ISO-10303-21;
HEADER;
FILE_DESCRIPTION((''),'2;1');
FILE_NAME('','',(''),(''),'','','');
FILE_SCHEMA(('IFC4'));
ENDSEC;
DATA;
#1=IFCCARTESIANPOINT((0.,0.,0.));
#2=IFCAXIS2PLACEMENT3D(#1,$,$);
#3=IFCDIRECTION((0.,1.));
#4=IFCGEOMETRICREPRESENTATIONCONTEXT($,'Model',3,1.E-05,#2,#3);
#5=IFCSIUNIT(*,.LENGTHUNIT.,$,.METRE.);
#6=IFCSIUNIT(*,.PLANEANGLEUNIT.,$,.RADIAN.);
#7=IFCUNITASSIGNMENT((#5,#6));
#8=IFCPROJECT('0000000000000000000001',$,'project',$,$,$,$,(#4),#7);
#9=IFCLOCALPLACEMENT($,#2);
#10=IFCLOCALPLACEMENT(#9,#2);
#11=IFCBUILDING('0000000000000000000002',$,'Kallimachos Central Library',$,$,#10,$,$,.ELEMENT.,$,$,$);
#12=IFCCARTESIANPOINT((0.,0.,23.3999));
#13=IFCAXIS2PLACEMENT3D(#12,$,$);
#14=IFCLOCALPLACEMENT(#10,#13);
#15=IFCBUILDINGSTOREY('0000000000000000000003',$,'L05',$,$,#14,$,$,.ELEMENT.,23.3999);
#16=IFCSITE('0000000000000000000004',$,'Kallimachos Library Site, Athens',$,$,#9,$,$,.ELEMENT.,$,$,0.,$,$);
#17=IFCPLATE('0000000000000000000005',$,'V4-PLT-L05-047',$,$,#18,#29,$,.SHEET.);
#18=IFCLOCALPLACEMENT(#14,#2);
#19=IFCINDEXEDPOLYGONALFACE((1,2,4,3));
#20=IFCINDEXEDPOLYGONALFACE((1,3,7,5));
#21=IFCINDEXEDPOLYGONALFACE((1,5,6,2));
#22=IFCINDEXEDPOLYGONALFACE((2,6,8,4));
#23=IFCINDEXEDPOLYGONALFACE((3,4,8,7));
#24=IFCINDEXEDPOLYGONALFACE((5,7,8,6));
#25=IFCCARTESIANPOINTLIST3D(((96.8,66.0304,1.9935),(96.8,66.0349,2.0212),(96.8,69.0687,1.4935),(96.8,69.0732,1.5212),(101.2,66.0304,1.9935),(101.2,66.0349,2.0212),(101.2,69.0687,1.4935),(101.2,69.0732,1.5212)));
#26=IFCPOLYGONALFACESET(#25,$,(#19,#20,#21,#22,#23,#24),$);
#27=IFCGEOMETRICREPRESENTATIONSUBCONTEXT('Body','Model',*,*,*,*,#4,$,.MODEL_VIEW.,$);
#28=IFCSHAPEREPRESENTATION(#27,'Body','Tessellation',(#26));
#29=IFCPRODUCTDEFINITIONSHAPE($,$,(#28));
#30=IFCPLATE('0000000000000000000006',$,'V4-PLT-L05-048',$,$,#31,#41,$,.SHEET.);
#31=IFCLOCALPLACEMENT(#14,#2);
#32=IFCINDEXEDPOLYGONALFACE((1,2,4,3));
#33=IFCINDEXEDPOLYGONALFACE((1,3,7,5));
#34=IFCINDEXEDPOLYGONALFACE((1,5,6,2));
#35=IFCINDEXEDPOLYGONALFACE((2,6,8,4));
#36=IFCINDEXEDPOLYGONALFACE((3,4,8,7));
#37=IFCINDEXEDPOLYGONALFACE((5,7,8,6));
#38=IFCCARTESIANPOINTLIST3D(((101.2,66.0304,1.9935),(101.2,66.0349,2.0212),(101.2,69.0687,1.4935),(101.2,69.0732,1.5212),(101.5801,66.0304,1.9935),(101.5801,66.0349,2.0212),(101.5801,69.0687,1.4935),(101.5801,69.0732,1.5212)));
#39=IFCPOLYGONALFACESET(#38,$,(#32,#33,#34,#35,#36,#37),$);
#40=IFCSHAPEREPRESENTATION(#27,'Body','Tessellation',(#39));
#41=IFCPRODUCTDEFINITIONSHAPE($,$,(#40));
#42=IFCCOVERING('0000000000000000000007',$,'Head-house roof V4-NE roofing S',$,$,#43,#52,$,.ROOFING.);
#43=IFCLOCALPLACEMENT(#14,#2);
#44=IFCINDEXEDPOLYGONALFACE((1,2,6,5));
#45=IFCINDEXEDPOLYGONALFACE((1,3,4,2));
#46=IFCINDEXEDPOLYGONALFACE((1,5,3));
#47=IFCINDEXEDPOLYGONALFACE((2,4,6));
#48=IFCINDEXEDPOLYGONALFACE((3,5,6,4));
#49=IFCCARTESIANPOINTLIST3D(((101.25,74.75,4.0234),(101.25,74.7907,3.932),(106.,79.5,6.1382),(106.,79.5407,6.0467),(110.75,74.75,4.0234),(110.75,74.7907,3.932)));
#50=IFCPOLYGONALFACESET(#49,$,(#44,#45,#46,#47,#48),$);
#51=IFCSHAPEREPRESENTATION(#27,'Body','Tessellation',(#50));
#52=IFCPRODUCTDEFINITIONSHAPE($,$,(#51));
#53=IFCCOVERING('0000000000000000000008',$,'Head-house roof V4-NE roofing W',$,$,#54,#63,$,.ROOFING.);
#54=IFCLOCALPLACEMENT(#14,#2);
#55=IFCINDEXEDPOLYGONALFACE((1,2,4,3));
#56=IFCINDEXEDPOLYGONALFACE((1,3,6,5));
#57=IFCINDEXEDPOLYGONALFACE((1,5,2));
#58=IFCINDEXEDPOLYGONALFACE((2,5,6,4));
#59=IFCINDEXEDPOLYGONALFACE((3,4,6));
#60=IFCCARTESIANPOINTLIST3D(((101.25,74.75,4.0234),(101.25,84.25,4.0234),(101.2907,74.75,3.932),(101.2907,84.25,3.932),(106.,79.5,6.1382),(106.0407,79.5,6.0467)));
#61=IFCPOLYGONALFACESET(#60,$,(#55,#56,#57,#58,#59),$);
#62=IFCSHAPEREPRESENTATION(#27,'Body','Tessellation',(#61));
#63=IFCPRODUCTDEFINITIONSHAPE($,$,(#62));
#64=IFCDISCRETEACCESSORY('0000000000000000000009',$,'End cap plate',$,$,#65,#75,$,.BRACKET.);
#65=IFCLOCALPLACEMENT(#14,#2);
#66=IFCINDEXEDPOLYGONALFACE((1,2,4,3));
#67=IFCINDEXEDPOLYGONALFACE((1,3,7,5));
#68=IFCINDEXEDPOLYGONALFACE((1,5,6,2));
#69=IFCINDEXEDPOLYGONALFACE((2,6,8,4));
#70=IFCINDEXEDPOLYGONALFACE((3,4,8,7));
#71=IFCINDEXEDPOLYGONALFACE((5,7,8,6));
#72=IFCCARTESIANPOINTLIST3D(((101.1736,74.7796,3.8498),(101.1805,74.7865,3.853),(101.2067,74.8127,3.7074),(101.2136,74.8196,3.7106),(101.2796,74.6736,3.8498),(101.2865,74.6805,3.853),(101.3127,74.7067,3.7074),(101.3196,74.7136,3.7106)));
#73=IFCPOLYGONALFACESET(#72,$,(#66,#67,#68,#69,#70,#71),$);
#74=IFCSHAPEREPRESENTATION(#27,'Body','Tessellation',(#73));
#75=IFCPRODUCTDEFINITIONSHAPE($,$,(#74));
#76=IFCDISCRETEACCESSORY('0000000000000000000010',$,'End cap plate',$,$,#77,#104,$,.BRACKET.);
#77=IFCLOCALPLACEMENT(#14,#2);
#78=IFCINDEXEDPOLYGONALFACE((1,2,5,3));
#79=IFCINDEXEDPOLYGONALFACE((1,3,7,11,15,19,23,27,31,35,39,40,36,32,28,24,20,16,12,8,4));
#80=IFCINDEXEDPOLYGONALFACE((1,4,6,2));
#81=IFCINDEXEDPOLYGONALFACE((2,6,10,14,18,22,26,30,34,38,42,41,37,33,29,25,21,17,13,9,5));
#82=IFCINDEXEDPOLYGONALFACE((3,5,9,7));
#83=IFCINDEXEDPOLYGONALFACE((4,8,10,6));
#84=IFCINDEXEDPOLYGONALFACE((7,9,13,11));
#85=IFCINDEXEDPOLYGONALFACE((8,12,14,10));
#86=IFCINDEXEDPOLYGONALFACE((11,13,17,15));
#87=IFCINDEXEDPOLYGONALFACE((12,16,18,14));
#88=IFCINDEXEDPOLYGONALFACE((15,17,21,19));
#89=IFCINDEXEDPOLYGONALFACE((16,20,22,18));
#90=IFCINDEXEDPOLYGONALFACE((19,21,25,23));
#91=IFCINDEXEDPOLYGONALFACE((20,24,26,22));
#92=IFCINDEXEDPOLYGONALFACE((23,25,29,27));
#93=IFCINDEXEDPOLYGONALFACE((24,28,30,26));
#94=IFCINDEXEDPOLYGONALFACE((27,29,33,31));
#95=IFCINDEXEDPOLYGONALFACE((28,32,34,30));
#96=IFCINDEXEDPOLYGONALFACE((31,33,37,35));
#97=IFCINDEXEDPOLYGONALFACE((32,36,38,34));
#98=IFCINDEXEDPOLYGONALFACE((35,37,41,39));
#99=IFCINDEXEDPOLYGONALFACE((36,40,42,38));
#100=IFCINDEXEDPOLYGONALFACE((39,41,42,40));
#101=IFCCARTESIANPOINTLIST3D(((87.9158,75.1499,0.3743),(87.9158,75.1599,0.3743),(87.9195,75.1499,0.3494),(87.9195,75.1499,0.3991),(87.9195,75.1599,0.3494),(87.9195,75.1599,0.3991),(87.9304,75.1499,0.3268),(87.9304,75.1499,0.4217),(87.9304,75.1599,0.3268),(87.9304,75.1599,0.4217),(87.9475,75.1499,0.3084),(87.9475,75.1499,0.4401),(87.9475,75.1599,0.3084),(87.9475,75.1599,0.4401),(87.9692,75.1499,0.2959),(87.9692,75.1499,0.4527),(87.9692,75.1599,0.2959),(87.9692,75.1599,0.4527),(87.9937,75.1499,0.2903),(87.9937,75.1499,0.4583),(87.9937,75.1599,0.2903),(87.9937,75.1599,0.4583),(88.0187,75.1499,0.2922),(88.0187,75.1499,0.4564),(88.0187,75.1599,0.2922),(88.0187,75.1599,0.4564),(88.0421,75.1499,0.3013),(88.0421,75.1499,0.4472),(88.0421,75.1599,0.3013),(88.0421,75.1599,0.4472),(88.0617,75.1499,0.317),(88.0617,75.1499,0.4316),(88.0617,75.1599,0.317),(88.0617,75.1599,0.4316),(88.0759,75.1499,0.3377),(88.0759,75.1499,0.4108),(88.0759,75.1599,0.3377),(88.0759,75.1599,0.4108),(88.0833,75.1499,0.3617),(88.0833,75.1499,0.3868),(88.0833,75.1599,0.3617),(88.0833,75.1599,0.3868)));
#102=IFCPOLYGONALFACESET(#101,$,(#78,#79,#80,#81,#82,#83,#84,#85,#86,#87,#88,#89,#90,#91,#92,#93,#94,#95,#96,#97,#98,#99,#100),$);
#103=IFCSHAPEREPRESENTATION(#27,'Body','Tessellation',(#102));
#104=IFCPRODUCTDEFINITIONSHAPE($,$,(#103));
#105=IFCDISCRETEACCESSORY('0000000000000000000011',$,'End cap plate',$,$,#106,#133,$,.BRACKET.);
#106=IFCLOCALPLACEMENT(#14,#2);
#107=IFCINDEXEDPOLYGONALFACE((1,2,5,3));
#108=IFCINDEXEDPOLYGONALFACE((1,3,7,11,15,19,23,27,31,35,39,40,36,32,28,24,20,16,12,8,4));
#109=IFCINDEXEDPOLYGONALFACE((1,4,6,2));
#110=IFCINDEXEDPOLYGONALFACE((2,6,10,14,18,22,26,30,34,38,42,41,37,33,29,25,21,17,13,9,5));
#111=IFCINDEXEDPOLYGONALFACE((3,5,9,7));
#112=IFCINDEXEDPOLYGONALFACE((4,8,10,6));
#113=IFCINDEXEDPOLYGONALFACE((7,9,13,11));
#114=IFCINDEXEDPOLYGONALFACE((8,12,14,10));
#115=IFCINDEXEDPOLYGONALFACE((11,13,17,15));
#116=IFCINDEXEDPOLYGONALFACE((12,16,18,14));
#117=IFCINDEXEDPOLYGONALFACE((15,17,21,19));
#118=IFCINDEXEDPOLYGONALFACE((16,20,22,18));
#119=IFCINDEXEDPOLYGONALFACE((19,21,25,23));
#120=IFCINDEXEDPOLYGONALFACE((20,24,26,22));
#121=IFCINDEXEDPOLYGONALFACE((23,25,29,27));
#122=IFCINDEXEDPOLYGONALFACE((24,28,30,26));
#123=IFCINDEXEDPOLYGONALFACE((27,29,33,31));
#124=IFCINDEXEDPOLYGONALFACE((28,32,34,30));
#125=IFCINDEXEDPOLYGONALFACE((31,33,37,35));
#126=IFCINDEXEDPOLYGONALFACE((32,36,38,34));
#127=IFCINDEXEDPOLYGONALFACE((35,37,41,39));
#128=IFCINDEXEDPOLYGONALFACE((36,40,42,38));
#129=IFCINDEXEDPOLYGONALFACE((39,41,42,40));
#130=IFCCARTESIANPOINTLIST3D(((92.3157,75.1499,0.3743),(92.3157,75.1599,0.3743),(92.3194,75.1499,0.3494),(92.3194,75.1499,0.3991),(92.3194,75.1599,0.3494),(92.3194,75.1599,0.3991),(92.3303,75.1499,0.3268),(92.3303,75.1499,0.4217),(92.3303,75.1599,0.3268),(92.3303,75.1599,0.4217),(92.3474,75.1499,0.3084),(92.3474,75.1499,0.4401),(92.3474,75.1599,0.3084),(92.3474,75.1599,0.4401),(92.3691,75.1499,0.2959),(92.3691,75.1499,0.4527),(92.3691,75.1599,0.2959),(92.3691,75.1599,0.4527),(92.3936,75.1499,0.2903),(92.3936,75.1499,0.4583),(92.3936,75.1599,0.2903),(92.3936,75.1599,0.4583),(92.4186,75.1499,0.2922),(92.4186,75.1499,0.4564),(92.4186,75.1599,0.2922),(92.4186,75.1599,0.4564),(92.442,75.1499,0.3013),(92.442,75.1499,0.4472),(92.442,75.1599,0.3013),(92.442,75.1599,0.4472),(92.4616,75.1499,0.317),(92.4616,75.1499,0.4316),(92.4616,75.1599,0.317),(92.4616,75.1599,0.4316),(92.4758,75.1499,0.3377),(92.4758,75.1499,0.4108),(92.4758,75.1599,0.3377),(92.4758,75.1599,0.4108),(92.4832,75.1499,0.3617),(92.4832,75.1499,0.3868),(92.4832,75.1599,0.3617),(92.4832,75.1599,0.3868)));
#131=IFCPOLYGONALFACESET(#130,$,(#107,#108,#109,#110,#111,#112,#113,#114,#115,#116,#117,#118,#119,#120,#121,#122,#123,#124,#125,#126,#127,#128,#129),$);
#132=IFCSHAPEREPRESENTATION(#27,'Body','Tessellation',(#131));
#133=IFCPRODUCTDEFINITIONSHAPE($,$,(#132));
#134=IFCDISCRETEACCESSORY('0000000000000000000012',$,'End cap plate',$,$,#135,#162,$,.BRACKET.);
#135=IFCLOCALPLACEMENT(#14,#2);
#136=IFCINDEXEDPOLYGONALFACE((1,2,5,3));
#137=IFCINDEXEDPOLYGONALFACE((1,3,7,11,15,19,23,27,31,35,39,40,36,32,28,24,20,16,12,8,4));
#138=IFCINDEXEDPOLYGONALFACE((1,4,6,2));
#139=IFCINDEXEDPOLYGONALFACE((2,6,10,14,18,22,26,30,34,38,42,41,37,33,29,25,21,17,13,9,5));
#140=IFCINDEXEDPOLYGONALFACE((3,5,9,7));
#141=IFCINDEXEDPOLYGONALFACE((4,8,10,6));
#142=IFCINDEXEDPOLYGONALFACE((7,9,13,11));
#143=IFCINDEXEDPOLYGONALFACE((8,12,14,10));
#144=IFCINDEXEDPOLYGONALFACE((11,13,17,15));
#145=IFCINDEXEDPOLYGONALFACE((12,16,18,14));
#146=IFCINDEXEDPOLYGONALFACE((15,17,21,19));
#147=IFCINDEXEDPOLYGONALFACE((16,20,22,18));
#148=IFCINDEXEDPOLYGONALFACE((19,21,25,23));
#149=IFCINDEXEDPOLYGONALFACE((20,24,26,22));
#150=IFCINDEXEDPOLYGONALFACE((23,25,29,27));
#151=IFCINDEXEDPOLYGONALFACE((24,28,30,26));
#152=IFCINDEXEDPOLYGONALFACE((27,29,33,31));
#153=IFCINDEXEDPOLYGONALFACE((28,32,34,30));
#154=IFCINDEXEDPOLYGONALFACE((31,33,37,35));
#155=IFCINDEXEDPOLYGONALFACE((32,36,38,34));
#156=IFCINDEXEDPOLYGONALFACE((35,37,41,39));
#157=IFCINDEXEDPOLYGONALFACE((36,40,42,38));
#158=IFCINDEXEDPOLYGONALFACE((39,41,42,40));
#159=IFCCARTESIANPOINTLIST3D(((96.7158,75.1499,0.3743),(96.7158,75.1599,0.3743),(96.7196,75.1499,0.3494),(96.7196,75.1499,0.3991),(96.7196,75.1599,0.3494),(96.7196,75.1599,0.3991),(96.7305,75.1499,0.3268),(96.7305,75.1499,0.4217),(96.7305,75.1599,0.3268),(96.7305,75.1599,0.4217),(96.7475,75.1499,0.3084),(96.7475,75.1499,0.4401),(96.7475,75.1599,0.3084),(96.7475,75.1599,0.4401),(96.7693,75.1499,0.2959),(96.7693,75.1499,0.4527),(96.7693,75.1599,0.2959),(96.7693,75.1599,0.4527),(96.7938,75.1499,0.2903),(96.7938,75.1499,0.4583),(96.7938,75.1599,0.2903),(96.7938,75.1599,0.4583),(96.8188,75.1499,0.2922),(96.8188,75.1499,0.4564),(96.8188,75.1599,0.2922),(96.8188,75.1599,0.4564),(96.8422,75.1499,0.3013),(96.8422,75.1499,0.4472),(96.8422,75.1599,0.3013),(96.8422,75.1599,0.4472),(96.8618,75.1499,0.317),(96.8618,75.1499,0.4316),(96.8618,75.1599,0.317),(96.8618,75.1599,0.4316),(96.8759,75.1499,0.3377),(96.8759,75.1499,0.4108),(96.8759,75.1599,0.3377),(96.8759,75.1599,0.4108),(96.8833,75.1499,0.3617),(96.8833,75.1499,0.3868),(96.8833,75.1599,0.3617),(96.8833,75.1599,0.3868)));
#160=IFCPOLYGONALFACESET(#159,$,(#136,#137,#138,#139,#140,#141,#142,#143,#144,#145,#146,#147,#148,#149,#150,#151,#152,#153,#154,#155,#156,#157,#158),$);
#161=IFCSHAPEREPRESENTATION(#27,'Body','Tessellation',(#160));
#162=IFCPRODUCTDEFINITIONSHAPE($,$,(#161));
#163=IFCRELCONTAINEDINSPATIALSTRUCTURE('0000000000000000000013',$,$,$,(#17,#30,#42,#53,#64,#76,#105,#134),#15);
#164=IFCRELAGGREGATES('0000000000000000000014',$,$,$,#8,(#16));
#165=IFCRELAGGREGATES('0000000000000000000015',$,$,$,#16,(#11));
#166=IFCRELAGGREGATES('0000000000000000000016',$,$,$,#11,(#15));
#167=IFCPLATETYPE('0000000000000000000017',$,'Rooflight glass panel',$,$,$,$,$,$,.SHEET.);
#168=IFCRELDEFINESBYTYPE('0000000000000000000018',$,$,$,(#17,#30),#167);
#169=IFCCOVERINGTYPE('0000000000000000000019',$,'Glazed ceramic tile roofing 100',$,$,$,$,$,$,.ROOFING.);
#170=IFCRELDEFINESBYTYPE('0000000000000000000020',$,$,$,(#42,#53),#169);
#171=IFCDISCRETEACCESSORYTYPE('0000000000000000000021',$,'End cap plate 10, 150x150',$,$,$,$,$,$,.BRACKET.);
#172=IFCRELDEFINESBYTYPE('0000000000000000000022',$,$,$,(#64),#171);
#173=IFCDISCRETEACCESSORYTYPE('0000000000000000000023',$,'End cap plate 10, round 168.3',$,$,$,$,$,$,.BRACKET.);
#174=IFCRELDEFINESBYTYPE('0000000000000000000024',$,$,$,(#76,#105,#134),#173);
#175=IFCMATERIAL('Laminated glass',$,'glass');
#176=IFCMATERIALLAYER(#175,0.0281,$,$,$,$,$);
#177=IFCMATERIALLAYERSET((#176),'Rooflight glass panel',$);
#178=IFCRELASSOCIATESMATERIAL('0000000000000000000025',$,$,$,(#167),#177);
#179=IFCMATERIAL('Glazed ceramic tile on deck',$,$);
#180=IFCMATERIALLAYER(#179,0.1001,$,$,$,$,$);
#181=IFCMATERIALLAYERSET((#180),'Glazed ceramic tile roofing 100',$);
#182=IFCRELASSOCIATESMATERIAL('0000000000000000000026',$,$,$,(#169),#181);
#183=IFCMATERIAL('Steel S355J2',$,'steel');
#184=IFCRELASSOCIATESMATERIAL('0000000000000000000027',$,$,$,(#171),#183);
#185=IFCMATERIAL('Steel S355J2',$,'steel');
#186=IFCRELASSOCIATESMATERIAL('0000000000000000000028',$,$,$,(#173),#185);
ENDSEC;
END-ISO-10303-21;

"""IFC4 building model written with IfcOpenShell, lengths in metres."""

from ifc_helpers import new_model, si_unit, direction, frame, origin, origin_2d, place, context, subcontext, project, spatial, polyline, rectangle, circle, outline, extrude, material, layer, layer_set, material_profile, profile_set, type_object, element, save


model = new_model("IFC4")

# Units and contexts
model_context = context("Model", 3, precision=1e-05, world=origin(), true_north=direction((0.0, 1.0)))
body_context = subcontext(model_context, "Body", "Model", "MODEL_VIEW")
ifc_project = project(units=[si_unit("LENGTHUNIT", "METRE"), si_unit("PLANEANGLEUNIT", "RADIAN")], contexts=[model_context])

# Site, building, storey
site_placement = place(None, origin())
site = spatial("IfcSite", under=ifc_project, at=site_placement, Name="Kallimachos Library Site, Athens", CompositionType="ELEMENT", RefElevation=0.0)
building_placement = place(site_placement, origin())
building = spatial("IfcBuilding", under=site, at=building_placement, Name="Kallimachos Central Library", CompositionType="ELEMENT")
storey_placement = place(building_placement, frame((0.0, 0.0, 23.3999)))
storey = spatial("IfcBuildingStorey", under=building, at=storey_placement, Name="L05", CompositionType="ELEMENT", Elevation=23.3999)

# Plates
ifc_material_1 = material(Name="Laminated glass", Category="glass")
ifc_layer_1 = layer(ifc_material_1, 0.0281)
ifc_layer_set_1 = layer_set([ifc_layer_1], Name="Rooflight glass panel")
plate_type = type_object("IfcPlateType", Name="Rooflight glass panel", PredefinedType="SHEET", material=ifc_layer_set_1)
plate_1_placement = place(storey_placement, frame((96.8, 69.0732, 1.5212), z_axis=(0.0, 0.16238, 0.986728), x_axis=(1.0, 0.0, 0.0)))
element("IfcPlate", 1, at=plate_1_placement, inside=storey, type_object=plate_type, Name="V4-PLT-L05-047", PredefinedType="SHEET", context=body_context, shape_type="SweptSolid", body=[
    extrude(outline(polyline([(0.0, 0.0), (4.3999, 0.0), (4.3999, -3.0792), (0.0, -3.0792), (0.0, 0.0)])), origin(), (0.0, 0.0, -1.0), 0.0281),
])
plate_2_placement = place(storey_placement, frame((101.2, 69.0732, 1.5212), z_axis=(0.0, 0.16238, 0.986728), x_axis=(1.0, 0.0, 0.0)))
element("IfcPlate", 2, at=plate_2_placement, inside=storey, type_object=plate_type, Name="V4-PLT-L05-048", PredefinedType="SHEET", context=body_context, shape_type="SweptSolid", body=[
    extrude(outline(polyline([(0.0, 0.0), (0.3801, 0.0), (0.3801, -3.0792), (0.0, -3.0792), (0.0, 0.0)])), origin(), (0.0, 0.0, -1.0), 0.0281),
])

# Coverings
ifc_material_2 = material(Name="Glazed ceramic tile on deck")
ifc_layer_2 = layer(ifc_material_2, 0.1001)
ifc_layer_set_2 = layer_set([ifc_layer_2], Name="Glazed ceramic tile roofing 100")
covering_type = type_object("IfcCoveringType", Name="Glazed ceramic tile roofing 100", PredefinedType="ROOFING", material=ifc_layer_set_2)
covering_1_placement = place(storey_placement, frame((101.25, 74.75, 4.0234), z_axis=(0.0, -0.406722, 0.913552), x_axis=(1.0, 0.0, 0.0)))
element("IfcCovering", 3, at=covering_1_placement, inside=storey, type_object=covering_type, Name="Head-house roof V4-NE roofing S", PredefinedType="ROOFING", context=body_context, shape_type="SweptSolid", body=[
    extrude(outline(polyline([(0.0, 0.0), (9.5, 0.0), (4.75, 5.1995), (0.0, 0.0)])), origin(), (0.0, 0.0, -1.0), 0.1001),
])
covering_2_placement = place(storey_placement, frame((101.25, 74.75, 4.0234), z_axis=(-0.406722, 0.0, 0.913552), x_axis=(0.674474, 0.674474, 0.300282)))
element("IfcCovering", 4, at=covering_2_placement, inside=storey, type_object=covering_type, Name="Head-house roof V4-NE roofing W", PredefinedType="ROOFING", context=body_context, shape_type="SweptSolid", body=[
    extrude(outline(polyline([(0.0, 0.0), (7.0425, 0.0), (6.4075, 7.0138), (0.0, 0.0)])), origin(), (0.0, 0.0, -1.0), 0.1001),
])

# Discrete accessories
ifc_material_3 = material(Name="Steel S355J2", Category="steel")
ifc_material_profile_1 = material_profile(ifc_material_3, rectangle(XDim=0.1499, YDim=0.1499, at=origin_2d()), Name="End cap plate 10, 150x150")
ifc_profile_set_1 = profile_set([ifc_material_profile_1], Name="Steel S355J2")
discrete_accessory_type_1 = type_object("IfcDiscreteAccessoryType", Name="End cap plate 10, 150x150", PredefinedType="BRACKET", material=ifc_profile_set_1)
discrete_accessory_placement = place(storey_placement, frame((101.2432, 74.7432, 3.7786), z_axis=(0.671828, 0.671828, 0.31192), x_axis=(-0.707107, 0.707107, 0.0)))
element("IfcDiscreteAccessory", 5, at=discrete_accessory_placement, inside=storey, type_object=discrete_accessory_type_1, Name="End cap plate", PredefinedType="BRACKET", context=body_context, shape_type="SweptSolid", body=[
    extrude(rectangle(XDim=0.1499, YDim=0.1499, at=origin_2d()), origin(), (0.0, 0.0, 1.0), 0.0103),
])
ifc_material_4 = material(Name="Steel S355J2", Category="steel")
ifc_material_profile_2 = material_profile(ifc_material_4, circle(Radius=0.0842, at=origin_2d()), Name="End cap plate 10, round 168.3")
ifc_profile_set_2 = profile_set([ifc_material_profile_2], Name="Steel S355J2")
discrete_accessory_type_2 = type_object("IfcDiscreteAccessoryType", Name="End cap plate 10, round 168.3", PredefinedType="BRACKET", material=ifc_profile_set_2)
for number, where, z_axis, x_axis, name in (
    (6, (88.0, 75.1499, 0.3743), (0.0, 1.0, 0.0), (-1.0, 0.0, 0.0), "End cap plate"),
    (7, (92.3999, 75.1499, 0.3743), (0.0, 1.0, 0.0), (-1.0, 0.0, 0.0), "End cap plate"),
    (8, (96.8, 75.1499, 0.3743), (0.0, 1.0, 0.0), (-1.0, 0.0, 0.0), "End cap plate"),
):
    element("IfcDiscreteAccessory", number, at=place(storey_placement, frame(where, z_axis=z_axis, x_axis=x_axis)), inside=storey, type_object=discrete_accessory_type_2, Name=name, PredefinedType="BRACKET", context=body_context, shape_type="SweptSolid", body=[
        extrude(circle(Radius=0.0842, at=origin_2d()), origin(), (0.0, 0.0, 1.0), 0.01),
    ])

save(model, "model.ifc")
